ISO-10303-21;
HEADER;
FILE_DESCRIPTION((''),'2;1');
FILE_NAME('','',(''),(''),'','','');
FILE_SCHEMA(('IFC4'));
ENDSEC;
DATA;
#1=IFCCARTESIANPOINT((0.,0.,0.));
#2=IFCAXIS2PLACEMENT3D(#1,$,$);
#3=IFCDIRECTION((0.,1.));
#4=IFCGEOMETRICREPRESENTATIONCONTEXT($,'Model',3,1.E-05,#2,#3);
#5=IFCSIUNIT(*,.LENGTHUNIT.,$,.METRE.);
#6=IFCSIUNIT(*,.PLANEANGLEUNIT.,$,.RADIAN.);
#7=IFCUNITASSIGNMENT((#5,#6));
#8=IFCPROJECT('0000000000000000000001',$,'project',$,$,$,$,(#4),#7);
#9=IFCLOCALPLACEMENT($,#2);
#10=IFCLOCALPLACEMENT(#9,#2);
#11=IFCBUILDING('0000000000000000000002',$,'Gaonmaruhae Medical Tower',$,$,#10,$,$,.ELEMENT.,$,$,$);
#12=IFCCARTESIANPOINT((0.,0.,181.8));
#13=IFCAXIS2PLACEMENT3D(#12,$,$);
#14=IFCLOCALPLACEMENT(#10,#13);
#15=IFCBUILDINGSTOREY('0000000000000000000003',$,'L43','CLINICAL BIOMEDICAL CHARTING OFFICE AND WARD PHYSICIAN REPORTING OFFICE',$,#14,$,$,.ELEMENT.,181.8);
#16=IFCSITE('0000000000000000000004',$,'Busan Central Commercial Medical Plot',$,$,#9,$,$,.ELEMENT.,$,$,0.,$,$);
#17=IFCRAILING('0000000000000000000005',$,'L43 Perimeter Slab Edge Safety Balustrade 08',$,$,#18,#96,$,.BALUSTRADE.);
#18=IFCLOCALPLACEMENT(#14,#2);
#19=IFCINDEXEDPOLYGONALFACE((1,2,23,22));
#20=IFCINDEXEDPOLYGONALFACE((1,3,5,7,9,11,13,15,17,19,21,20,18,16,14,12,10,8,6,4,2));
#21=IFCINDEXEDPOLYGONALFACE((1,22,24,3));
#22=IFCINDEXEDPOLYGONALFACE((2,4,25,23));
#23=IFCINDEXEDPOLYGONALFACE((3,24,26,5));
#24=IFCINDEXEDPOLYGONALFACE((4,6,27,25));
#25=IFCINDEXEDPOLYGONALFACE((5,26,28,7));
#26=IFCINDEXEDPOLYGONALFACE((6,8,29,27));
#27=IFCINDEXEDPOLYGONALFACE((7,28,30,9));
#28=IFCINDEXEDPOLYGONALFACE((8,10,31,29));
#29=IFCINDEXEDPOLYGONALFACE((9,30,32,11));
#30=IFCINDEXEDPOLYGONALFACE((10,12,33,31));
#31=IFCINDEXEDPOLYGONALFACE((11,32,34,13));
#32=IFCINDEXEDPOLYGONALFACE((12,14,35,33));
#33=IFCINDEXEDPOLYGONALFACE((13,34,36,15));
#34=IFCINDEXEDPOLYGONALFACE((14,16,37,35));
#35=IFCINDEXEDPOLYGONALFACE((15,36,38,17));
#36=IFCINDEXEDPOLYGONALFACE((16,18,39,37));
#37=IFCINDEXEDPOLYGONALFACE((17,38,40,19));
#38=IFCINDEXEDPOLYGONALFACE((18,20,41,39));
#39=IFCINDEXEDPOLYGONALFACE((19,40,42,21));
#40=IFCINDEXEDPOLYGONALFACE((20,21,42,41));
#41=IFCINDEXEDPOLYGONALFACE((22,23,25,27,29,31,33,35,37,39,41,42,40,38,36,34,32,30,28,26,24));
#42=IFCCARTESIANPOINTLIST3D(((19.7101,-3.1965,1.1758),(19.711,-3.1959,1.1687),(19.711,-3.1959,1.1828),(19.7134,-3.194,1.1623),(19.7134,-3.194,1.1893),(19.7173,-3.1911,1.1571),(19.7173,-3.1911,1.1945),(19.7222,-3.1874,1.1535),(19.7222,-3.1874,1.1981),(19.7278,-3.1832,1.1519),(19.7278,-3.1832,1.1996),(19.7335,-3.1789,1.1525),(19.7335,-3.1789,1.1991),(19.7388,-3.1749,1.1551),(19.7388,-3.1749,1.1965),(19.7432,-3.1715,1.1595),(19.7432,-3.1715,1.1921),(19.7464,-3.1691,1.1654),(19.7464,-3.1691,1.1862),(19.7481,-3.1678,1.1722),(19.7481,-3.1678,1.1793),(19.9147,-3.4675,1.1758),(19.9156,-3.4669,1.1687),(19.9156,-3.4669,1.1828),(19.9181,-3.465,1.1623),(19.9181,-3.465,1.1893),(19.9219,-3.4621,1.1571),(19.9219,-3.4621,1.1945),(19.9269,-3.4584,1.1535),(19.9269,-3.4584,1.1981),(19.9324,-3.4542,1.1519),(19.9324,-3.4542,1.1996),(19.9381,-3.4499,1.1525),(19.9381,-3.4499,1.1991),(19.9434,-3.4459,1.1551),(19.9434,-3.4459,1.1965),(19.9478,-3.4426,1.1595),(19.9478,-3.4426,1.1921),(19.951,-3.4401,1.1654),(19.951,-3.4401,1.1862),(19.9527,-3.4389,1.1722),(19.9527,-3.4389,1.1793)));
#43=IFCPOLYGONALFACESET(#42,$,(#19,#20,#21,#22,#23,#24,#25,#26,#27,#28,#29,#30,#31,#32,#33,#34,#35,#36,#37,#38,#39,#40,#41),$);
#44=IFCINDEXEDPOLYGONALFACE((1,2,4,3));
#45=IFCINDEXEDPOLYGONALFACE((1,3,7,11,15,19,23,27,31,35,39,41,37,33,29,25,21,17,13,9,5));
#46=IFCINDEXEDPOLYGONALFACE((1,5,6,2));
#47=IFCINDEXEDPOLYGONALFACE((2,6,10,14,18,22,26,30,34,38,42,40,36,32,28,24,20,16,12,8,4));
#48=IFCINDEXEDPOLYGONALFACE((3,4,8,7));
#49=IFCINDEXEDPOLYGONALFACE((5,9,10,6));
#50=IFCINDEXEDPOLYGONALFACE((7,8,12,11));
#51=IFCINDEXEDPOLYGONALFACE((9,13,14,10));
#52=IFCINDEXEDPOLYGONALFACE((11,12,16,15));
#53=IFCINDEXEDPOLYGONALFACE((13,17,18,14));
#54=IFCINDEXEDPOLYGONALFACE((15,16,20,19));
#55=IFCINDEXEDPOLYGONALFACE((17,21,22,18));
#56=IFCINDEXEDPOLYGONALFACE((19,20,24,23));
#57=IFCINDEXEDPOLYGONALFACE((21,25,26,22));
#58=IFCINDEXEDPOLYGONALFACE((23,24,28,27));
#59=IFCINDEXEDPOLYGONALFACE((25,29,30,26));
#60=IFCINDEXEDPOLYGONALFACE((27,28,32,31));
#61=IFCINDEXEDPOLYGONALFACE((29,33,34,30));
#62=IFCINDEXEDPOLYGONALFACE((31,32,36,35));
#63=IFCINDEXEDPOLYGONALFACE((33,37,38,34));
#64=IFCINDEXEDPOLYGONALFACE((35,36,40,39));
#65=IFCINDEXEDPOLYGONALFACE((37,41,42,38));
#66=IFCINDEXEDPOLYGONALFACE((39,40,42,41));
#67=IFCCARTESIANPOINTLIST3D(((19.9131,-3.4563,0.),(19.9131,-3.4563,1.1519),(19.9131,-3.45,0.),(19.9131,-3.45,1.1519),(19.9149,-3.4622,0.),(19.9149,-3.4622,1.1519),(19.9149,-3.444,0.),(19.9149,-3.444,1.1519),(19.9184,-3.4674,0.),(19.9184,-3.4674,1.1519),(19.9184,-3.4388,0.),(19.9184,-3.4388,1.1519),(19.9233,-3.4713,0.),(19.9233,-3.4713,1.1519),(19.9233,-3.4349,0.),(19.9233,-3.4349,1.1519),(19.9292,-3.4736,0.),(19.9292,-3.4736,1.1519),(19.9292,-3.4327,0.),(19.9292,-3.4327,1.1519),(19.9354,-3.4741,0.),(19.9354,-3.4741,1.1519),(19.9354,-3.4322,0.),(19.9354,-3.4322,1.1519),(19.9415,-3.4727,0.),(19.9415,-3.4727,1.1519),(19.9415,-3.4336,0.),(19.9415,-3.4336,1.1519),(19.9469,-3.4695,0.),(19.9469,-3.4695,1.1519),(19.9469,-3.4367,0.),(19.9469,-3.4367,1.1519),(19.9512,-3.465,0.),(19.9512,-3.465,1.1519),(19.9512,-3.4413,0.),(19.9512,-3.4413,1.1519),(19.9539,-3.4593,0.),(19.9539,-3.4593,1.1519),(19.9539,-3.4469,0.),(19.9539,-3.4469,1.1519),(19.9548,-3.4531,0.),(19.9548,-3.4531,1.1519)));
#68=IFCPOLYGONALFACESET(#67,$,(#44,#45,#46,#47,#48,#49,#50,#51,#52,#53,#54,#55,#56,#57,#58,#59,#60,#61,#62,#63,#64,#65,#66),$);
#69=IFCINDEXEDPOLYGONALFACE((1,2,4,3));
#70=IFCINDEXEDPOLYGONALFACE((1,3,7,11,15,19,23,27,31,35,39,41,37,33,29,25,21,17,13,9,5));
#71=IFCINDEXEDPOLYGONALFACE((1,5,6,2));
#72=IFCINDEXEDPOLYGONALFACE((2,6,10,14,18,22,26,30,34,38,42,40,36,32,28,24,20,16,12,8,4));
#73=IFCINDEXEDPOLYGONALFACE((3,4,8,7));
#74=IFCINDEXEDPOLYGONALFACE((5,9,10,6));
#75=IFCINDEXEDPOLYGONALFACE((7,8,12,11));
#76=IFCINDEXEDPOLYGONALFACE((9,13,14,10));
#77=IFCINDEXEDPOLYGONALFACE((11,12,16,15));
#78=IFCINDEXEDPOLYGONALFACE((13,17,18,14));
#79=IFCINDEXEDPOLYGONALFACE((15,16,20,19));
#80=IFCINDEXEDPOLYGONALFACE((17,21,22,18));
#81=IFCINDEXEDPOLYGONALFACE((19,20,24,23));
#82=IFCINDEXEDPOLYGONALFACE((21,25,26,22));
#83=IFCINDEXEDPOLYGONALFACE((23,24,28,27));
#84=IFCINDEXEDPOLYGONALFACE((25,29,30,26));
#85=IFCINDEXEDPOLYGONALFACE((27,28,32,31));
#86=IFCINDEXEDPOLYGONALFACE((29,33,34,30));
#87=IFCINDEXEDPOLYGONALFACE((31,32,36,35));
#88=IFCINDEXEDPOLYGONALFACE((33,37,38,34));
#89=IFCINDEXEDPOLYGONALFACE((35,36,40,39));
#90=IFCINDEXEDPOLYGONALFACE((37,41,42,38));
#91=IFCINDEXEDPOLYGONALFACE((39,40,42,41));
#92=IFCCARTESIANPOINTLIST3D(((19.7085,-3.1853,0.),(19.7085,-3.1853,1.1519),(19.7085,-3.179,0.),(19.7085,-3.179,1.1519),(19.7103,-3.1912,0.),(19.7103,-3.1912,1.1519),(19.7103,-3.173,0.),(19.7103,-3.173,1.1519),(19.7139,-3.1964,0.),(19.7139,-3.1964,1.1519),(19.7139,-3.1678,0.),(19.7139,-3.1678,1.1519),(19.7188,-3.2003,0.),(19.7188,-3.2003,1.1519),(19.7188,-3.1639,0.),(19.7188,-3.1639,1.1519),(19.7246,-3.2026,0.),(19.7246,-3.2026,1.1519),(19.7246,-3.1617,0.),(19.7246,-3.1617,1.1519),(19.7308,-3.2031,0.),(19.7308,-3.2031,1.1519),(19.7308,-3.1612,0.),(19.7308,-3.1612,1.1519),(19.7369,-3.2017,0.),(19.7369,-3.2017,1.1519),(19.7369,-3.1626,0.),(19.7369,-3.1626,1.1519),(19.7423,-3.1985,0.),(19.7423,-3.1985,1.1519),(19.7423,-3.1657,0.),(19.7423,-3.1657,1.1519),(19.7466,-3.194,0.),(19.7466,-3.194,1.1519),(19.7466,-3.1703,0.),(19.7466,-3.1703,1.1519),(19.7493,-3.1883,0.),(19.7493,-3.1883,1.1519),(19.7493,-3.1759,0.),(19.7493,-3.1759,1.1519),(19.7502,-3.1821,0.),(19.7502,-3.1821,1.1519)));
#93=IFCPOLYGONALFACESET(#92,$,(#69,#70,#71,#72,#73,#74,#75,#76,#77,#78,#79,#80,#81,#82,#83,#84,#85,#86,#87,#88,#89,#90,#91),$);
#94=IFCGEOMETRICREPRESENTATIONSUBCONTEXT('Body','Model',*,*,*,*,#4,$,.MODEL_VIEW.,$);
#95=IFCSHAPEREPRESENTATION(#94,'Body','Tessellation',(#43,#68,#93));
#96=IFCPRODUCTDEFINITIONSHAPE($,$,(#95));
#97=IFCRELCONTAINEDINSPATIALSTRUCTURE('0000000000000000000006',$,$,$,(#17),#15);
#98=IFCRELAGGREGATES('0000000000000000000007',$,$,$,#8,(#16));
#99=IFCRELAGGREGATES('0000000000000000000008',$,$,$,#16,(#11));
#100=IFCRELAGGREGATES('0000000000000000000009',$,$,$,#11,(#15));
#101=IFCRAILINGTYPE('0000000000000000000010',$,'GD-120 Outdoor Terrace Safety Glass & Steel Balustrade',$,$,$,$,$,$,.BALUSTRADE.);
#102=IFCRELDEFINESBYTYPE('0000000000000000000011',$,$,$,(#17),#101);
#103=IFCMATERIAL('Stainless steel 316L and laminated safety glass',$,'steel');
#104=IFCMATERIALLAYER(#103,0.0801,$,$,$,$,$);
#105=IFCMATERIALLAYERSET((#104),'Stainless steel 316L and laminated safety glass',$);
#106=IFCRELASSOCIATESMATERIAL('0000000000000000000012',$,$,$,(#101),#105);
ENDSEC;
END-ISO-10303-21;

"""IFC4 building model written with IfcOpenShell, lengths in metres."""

from ifc_helpers import new_model, si_unit, direction, frame, origin, origin_2d, place, context, subcontext, project, spatial, circle, extrude, material, layer, layer_set, type_object, element, save


model = new_model("IFC4")

# Units and contexts
model_context = context("Model", 3, precision=1e-05, world=origin(), true_north=direction((0.0, 1.0)))
body_context = subcontext(model_context, "Body", "Model", "MODEL_VIEW")
ifc_project = project(units=[si_unit("LENGTHUNIT", "METRE"), si_unit("PLANEANGLEUNIT", "RADIAN")], contexts=[model_context])

# Site, building, storey
site_placement = place(None, origin())
site = spatial("IfcSite", under=ifc_project, at=site_placement, Name="Busan Central Commercial Medical Plot", CompositionType="ELEMENT", RefElevation=0.0)
building_placement = place(site_placement, origin())
building = spatial("IfcBuilding", under=site, at=building_placement, Name="Gaonmaruhae Medical Tower", CompositionType="ELEMENT")
storey_placement = place(building_placement, frame((0.0, 0.0, 181.8)))
storey = spatial("IfcBuildingStorey", under=building, at=storey_placement, Name="L43", Description="CLINICAL BIOMEDICAL CHARTING OFFICE AND WARD PHYSICIAN REPORTING OFFICE", CompositionType="ELEMENT", Elevation=181.8)

# Railing
ifc_material_1 = material(Name="Stainless steel 316L and laminated safety glass", Category="steel")
ifc_layer_1 = layer(ifc_material_1, 0.0801)
ifc_layer_set_1 = layer_set([ifc_layer_1], Name="Stainless steel 316L and laminated safety glass")
railing_type = type_object("IfcRailingType", Name="GD-120 Outdoor Terrace Safety Glass & Steel Balustrade", PredefinedType="BALUSTRADE", material=ifc_layer_set_1)
railing_1_placement = place(storey_placement, frame((19.9338, -3.4531, 0.0)))
element("IfcRailing", 1, at=railing_1_placement, inside=storey, type_object=railing_type, Name="L43 Perimeter Slab Edge Safety Balustrade 08", PredefinedType="BALUSTRADE", context=body_context, shape_type="SweptSolid", body=[
    extrude(circle(Radius=0.0239, at=origin_2d()), frame((0.0, 0.0, 1.1758), z_axis=(-0.602528, 0.798098, 0.0), x_axis=(-0.798098, -0.602528, 0.0)), (0.0, 0.0, 1.0), 0.3396),
    extrude(circle(Radius=0.021, at=origin_2d()), origin(), (0.0, 0.0, 1.0), 1.1519),
    extrude(circle(Radius=0.021, at=origin_2d()), frame((-0.2046, 0.271, 0.0)), (0.0, 0.0, 1.0), 1.1519),
])

save(model, "model.ifc")
